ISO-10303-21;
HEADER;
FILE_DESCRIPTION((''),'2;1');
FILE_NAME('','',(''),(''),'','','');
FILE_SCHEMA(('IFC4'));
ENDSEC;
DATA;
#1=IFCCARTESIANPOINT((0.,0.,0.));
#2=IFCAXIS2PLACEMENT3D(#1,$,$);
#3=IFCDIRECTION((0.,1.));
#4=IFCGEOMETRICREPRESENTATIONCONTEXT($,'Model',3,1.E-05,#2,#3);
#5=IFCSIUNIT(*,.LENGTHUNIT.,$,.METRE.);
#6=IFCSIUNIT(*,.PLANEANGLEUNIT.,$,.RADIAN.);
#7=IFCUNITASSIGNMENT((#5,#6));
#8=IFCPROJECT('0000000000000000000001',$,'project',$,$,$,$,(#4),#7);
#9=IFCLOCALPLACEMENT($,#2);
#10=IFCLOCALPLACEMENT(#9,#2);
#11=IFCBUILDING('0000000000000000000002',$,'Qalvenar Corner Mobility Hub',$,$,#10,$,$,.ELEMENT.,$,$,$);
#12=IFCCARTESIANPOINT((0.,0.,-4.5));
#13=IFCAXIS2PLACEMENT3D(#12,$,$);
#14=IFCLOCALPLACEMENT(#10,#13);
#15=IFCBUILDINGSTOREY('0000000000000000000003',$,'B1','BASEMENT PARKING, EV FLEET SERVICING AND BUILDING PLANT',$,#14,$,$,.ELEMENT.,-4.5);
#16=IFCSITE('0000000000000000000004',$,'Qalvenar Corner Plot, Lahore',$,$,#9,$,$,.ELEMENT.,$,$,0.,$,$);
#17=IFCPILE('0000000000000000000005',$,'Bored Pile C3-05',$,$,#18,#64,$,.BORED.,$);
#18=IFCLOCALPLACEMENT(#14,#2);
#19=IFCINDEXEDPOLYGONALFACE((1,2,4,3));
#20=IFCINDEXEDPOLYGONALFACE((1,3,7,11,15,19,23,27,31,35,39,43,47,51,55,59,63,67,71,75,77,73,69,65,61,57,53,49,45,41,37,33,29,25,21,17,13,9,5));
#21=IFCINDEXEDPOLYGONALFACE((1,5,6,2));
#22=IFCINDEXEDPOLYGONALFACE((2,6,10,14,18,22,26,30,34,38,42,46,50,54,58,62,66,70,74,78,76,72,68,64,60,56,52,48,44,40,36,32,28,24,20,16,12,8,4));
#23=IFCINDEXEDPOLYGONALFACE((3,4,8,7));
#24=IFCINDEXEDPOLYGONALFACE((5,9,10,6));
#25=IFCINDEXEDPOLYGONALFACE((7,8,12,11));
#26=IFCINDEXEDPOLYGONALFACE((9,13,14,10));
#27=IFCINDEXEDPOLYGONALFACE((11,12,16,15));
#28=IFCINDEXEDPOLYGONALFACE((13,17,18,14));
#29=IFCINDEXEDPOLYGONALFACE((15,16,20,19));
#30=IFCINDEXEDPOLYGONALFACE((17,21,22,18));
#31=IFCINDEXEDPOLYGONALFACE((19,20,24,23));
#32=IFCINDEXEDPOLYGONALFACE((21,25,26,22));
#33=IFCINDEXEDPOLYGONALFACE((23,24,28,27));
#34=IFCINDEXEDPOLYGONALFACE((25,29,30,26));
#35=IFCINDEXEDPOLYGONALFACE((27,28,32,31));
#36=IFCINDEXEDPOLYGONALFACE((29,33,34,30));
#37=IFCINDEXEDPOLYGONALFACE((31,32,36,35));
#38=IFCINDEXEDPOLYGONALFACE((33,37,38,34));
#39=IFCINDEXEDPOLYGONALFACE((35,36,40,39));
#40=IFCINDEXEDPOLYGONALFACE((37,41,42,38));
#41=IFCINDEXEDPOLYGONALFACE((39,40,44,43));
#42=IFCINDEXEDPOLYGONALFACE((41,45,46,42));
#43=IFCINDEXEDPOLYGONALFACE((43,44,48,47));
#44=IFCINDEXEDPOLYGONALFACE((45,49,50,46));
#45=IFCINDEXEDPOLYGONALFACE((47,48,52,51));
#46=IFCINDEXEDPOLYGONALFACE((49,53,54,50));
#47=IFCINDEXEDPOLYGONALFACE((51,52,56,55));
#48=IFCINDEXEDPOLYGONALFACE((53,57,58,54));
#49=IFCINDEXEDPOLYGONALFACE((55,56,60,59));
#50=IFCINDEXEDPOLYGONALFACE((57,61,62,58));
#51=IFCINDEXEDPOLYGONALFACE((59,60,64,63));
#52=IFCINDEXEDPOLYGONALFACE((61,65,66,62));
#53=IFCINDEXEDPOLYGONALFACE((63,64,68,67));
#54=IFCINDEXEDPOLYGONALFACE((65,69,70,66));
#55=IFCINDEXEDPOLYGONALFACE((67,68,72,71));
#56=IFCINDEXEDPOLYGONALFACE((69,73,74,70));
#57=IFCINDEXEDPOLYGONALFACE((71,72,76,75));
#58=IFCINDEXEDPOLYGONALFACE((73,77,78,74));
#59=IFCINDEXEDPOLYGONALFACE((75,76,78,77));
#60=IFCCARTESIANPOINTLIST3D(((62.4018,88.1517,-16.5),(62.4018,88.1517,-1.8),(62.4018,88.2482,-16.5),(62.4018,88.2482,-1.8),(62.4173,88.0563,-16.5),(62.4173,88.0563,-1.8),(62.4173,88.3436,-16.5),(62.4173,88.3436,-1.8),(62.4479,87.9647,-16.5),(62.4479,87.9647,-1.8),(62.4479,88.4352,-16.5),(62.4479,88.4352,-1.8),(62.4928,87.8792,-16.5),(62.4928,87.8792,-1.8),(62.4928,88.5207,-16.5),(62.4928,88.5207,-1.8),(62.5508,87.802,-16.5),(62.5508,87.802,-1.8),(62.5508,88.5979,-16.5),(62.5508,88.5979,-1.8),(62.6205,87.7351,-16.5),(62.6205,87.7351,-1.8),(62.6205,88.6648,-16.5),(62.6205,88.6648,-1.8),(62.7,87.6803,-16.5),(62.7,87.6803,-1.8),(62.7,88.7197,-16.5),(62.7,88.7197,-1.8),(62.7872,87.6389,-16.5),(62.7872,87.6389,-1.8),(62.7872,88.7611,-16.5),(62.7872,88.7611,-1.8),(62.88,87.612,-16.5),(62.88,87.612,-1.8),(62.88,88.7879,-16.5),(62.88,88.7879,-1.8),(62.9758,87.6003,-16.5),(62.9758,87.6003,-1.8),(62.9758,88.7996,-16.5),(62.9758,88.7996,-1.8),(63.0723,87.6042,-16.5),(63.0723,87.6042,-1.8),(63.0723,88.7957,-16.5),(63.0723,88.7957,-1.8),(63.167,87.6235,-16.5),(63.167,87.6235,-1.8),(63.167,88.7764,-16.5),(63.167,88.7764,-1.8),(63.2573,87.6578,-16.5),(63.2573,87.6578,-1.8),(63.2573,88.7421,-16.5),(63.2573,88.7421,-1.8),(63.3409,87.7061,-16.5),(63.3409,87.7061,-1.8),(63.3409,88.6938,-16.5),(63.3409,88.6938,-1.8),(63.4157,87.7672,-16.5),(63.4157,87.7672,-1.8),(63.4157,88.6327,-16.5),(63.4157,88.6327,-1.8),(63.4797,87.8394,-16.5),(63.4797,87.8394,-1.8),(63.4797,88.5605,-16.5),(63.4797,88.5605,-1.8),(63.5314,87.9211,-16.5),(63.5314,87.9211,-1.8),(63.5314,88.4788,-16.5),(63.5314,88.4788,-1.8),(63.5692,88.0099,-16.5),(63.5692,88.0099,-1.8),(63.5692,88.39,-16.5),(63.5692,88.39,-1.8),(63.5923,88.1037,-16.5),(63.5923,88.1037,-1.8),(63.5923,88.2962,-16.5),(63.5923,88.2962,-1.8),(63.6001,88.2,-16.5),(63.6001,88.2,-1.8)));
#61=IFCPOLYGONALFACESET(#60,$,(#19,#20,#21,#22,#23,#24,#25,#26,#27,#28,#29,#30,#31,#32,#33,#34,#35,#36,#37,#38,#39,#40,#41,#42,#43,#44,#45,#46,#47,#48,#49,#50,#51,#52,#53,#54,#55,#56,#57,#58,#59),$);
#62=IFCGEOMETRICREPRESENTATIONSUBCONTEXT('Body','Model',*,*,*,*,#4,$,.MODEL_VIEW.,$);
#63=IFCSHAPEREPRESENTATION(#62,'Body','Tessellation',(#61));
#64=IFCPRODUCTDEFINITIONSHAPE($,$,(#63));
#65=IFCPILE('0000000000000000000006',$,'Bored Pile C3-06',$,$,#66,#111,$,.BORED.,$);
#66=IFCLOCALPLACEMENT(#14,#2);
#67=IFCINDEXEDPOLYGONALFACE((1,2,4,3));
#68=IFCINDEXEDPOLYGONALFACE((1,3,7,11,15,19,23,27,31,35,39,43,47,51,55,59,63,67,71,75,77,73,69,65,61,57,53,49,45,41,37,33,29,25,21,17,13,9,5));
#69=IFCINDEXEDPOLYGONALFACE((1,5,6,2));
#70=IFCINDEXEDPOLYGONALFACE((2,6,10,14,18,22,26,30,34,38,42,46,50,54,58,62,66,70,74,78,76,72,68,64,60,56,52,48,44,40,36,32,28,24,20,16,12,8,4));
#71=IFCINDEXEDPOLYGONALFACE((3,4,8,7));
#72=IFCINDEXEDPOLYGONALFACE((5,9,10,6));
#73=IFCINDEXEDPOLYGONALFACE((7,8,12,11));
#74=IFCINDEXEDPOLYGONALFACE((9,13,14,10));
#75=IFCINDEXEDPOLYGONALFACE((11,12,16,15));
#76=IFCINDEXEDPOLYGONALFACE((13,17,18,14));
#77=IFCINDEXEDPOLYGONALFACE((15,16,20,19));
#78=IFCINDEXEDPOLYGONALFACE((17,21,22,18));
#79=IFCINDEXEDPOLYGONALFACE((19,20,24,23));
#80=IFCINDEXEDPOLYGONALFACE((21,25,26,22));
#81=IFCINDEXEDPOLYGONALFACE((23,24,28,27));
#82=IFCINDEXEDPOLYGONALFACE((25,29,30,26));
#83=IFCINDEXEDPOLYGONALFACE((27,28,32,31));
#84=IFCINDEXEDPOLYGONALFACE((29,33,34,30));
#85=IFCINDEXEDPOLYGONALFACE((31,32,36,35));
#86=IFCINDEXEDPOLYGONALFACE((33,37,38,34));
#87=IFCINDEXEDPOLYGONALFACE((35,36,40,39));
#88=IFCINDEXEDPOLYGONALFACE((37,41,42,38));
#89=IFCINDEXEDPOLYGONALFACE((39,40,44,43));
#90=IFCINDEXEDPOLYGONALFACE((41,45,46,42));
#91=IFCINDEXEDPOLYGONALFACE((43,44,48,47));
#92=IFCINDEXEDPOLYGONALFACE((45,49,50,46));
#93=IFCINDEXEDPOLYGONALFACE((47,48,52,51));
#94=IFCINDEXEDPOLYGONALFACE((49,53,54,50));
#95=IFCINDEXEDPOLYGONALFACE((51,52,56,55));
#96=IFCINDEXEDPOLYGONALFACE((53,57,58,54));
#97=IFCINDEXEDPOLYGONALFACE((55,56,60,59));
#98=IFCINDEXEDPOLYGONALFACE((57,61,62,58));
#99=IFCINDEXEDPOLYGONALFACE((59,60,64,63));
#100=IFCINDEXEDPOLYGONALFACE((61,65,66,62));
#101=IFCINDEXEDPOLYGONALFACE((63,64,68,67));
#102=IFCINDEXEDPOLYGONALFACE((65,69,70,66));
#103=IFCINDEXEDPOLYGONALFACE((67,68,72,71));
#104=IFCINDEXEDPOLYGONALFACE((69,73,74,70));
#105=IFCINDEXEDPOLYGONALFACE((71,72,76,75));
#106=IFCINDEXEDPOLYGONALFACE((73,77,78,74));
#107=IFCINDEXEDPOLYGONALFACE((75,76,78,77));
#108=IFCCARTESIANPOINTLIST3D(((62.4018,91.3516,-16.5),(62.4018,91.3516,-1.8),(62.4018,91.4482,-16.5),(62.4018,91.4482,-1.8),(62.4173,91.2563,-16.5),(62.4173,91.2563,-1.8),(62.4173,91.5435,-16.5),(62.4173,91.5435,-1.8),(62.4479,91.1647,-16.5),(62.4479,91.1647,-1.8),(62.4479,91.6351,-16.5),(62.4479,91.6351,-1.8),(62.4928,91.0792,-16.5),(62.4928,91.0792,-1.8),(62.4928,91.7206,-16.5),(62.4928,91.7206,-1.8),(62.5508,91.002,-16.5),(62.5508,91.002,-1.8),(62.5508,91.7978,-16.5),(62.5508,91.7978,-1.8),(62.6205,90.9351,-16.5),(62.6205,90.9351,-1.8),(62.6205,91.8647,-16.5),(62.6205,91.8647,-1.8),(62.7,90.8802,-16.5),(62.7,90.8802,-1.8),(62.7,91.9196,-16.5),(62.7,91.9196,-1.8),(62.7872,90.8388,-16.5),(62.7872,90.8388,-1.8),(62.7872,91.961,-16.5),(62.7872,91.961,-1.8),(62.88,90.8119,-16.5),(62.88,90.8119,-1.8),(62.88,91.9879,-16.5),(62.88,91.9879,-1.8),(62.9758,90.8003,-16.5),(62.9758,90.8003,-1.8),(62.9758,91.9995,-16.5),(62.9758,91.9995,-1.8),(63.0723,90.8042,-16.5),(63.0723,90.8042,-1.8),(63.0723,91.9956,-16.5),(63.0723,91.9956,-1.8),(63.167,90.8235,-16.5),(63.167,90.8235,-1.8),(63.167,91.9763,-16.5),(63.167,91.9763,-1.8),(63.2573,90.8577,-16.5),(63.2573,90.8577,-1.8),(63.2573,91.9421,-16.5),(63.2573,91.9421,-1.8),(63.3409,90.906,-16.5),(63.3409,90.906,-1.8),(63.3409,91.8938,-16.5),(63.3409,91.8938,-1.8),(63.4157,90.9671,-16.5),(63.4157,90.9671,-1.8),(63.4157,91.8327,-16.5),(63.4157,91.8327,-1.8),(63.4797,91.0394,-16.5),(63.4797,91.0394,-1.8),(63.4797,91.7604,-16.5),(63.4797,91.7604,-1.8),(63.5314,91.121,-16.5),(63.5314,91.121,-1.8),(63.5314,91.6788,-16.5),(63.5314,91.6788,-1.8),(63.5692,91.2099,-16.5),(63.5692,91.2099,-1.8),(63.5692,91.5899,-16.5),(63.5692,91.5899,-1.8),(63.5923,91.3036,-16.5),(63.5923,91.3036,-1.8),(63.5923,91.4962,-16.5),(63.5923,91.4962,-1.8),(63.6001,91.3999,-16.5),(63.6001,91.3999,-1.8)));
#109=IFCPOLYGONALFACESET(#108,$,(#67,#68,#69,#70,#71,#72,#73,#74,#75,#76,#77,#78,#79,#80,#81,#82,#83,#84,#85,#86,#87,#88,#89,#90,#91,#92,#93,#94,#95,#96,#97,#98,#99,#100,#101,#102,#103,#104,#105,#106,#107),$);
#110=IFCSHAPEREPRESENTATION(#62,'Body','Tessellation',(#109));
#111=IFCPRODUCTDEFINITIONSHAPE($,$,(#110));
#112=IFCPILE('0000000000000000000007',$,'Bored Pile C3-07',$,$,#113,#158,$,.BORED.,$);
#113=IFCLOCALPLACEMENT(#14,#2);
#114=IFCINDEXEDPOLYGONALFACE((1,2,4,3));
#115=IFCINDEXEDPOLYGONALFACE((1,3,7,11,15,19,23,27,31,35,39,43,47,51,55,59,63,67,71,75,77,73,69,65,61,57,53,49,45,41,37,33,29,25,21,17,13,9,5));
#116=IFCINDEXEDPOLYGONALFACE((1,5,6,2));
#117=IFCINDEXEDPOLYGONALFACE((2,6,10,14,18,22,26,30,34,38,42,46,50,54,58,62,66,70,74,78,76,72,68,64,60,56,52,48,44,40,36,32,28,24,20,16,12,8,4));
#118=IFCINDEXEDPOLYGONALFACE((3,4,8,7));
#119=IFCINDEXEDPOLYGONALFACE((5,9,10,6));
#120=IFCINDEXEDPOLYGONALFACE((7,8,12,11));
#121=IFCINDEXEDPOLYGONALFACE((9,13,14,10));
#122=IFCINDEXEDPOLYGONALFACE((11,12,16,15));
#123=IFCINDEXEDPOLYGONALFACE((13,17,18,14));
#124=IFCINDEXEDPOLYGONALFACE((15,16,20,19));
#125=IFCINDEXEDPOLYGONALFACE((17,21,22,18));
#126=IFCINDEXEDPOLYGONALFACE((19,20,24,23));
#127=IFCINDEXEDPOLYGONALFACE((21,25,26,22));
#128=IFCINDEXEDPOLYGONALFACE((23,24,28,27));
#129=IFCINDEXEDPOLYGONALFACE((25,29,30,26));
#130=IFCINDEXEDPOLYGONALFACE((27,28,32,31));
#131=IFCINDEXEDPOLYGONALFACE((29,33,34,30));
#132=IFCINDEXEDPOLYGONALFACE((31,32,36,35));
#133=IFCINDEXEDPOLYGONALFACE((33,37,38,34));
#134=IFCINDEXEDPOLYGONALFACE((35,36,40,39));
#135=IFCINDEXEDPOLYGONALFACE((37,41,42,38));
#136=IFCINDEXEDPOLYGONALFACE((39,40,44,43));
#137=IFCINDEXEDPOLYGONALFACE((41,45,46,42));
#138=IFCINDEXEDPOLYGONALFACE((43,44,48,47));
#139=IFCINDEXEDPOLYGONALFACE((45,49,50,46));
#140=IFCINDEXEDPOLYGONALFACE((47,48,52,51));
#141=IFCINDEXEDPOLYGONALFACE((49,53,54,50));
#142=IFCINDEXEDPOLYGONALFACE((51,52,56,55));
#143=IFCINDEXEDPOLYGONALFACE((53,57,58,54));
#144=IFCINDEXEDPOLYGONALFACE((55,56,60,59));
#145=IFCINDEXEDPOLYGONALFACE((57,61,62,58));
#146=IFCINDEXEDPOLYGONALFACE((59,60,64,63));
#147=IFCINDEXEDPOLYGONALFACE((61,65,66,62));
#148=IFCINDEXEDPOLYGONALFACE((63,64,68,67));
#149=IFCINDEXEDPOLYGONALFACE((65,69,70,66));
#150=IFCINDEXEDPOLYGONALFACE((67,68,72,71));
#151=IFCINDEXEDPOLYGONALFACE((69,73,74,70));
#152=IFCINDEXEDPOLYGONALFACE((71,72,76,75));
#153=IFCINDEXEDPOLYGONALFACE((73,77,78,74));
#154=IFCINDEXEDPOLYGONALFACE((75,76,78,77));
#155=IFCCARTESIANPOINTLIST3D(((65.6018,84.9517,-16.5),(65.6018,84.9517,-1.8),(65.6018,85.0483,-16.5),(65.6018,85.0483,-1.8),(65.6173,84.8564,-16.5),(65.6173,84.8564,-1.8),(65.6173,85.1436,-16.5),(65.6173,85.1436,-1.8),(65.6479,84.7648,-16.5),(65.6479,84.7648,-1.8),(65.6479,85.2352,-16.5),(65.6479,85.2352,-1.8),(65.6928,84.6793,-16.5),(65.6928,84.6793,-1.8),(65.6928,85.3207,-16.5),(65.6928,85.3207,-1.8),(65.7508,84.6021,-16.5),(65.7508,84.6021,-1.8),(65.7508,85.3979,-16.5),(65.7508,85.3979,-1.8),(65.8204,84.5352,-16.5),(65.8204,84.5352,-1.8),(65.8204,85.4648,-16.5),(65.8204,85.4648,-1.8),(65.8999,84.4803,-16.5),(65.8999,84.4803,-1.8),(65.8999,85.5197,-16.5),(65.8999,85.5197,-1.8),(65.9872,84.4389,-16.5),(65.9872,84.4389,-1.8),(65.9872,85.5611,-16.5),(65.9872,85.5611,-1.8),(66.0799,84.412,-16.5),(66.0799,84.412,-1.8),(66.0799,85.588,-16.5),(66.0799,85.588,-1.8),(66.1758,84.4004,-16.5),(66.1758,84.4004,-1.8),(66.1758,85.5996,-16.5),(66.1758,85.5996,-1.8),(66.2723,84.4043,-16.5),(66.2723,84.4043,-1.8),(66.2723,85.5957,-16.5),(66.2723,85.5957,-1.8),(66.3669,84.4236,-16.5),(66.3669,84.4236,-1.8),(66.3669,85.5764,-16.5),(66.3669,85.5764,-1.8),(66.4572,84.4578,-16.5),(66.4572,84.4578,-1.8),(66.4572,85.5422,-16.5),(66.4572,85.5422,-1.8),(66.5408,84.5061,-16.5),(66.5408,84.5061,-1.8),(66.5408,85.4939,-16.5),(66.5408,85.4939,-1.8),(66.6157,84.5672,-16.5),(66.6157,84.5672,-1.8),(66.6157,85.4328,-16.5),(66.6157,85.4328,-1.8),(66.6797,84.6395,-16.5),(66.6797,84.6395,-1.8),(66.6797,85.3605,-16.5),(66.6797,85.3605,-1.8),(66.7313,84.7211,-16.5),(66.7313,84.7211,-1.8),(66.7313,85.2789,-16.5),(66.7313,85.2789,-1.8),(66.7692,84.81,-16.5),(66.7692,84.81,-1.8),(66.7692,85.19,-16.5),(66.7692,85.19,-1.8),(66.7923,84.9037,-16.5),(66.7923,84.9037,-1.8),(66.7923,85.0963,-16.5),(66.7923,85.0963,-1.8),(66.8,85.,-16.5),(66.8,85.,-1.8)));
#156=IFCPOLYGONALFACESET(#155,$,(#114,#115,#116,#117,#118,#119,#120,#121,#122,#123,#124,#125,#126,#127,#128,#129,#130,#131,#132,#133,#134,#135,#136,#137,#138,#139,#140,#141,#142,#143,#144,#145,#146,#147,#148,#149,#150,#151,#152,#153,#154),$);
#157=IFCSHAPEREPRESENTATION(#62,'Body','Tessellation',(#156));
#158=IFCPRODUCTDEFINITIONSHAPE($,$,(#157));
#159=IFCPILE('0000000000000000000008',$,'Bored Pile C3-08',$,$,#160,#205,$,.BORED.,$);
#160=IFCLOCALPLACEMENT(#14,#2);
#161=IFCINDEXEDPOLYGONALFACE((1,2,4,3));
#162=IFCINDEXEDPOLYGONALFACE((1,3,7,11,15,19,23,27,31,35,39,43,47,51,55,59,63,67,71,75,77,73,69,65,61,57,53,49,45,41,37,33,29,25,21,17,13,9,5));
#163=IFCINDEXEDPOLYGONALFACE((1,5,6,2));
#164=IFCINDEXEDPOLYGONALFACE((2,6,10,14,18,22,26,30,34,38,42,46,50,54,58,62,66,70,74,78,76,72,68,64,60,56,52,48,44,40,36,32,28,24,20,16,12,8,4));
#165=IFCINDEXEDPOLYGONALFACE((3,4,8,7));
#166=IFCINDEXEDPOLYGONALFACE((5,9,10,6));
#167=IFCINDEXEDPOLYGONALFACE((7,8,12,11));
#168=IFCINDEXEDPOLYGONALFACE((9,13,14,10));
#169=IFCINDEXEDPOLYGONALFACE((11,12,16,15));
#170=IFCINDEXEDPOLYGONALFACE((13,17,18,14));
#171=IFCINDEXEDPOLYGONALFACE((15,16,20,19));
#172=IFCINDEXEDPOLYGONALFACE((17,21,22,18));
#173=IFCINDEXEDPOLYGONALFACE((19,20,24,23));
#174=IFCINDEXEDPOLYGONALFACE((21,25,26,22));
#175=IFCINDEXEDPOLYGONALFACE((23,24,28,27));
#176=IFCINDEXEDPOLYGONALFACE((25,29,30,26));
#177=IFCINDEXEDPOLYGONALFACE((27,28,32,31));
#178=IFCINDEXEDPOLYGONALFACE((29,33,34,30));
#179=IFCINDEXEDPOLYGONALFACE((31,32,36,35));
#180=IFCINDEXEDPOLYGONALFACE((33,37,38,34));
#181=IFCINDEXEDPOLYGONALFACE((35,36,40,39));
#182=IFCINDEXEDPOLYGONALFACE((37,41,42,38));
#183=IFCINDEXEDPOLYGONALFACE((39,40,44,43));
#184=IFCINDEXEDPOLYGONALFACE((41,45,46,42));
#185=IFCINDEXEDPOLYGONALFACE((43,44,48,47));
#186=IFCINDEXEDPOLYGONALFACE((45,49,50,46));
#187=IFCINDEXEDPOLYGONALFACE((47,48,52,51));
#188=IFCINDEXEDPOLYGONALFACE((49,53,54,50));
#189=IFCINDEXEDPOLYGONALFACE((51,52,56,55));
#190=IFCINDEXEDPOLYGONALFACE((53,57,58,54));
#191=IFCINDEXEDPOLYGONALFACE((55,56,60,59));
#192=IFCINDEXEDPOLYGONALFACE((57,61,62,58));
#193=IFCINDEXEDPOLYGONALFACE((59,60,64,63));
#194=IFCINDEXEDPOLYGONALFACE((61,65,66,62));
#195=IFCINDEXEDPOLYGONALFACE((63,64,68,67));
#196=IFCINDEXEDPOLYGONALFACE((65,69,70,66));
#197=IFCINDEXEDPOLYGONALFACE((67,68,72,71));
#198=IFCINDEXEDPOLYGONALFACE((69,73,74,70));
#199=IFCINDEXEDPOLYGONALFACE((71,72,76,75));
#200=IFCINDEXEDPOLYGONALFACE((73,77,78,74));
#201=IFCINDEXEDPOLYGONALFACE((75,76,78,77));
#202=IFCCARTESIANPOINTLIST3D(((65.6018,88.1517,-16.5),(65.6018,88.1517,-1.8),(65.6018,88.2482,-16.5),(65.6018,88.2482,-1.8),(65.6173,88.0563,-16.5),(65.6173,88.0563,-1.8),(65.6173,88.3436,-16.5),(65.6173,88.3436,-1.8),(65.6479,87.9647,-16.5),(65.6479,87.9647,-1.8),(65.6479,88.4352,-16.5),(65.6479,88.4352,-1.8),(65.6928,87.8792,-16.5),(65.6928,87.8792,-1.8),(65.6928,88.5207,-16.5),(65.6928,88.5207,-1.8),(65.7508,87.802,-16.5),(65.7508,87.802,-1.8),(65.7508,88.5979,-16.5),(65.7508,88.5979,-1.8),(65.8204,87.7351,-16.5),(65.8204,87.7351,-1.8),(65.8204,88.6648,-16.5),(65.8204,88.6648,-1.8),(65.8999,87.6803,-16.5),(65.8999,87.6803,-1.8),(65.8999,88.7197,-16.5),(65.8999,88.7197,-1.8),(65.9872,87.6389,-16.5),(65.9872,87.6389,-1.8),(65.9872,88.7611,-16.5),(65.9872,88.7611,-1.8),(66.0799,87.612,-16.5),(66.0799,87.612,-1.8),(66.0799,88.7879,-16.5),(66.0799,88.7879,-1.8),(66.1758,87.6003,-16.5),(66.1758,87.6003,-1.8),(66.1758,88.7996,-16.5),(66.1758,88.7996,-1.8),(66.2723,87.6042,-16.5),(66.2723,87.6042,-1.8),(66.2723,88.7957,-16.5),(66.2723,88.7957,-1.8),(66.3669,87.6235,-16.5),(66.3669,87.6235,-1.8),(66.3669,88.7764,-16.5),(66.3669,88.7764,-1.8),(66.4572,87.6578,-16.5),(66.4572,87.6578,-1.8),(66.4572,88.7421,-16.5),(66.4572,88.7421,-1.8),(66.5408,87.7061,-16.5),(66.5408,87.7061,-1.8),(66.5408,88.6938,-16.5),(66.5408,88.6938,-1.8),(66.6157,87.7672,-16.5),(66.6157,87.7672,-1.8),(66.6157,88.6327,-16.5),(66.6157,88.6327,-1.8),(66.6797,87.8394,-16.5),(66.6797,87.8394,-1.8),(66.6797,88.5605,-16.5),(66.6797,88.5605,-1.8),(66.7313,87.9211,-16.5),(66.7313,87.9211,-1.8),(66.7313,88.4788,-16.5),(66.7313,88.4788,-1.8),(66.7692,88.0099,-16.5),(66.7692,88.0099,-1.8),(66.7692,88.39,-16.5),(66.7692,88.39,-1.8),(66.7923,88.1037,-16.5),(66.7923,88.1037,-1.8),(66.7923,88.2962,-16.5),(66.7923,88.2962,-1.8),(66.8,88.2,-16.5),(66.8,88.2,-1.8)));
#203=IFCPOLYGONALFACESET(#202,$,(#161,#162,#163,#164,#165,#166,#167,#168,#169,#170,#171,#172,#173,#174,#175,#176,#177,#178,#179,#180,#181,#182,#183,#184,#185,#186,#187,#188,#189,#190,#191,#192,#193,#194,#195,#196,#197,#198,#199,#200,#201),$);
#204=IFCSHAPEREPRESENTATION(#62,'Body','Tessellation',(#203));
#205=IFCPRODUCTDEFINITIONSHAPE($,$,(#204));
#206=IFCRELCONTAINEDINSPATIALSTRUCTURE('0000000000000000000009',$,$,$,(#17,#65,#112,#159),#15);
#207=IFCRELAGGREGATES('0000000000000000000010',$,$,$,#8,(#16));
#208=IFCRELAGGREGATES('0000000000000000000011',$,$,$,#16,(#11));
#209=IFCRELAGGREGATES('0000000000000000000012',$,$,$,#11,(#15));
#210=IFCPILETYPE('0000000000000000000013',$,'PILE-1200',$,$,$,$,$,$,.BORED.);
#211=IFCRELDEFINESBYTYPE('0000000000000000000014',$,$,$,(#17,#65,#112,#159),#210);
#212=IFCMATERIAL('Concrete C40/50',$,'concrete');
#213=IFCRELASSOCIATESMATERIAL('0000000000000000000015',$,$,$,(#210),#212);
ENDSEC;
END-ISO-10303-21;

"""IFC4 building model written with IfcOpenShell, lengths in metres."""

from ifc_helpers import new_model, si_unit, direction, frame, origin, origin_2d, place, context, subcontext, project, spatial, circle, extrude, material, material_profile, profile_set, type_object, element, save


model = new_model("IFC4")

# Units and contexts
model_context = context("Model", 3, precision=1e-05, world=origin(), true_north=direction((0.0, 1.0)))
body_context = subcontext(model_context, "Body", "Model", "MODEL_VIEW")
ifc_project = project(units=[si_unit("LENGTHUNIT", "METRE"), si_unit("PLANEANGLEUNIT", "RADIAN")], contexts=[model_context])

# Site, building, storey
site_placement = place(None, origin())
site = spatial("IfcSite", under=ifc_project, at=site_placement, Name="Qalvenar Corner Plot, Lahore", CompositionType="ELEMENT", RefElevation=0.0)
building_placement = place(site_placement, origin())
building = spatial("IfcBuilding", under=site, at=building_placement, Name="Qalvenar Corner Mobility Hub", CompositionType="ELEMENT")
storey_placement = place(building_placement, frame((0.0, 0.0, -4.5)))
storey = spatial("IfcBuildingStorey", under=building, at=storey_placement, Name="B1", Description="BASEMENT PARKING, EV FLEET SERVICING AND BUILDING PLANT", CompositionType="ELEMENT", Elevation=-4.5)

# Shared definitions
ifc_material_1 = material(Name="Concrete C40/50", Category="concrete")

# Piles
ifc_material_profile_1 = material_profile(ifc_material_1, circle(Radius=0.6001, at=origin_2d()), Name="DIA1200")
ifc_profile_set_1 = profile_set([ifc_material_profile_1], Name="Concrete C40/50")
pile_type_1 = type_object("IfcPileType", Name="PILE-1200", PredefinedType="BORED", material=ifc_profile_set_1)
for number, where, z_axis, x_axis, name in (
    (1, (63.0, 88.2, -1.8), (0.0, 0.0, -1.0), (1.0, 0.0, 0.0), "Bored Pile C3-05"),
    (2, (63.0, 91.3999, -1.8), (0.0, 0.0, -1.0), (1.0, 0.0, 0.0), "Bored Pile C3-06"),
    (3, (66.2, 85.0, -1.8), (0.0, 0.0, -1.0), (1.0, 0.0, 0.0), "Bored Pile C3-07"),
    (4, (66.2, 88.2, -1.8), (0.0, 0.0, -1.0), (1.0, 0.0, 0.0), "Bored Pile C3-08"),
):
    element("IfcPile", number, at=place(storey_placement, frame(where, z_axis=z_axis, x_axis=x_axis)), inside=storey, type_object=pile_type_1, Name=name, PredefinedType="BORED", context=body_context, shape_type="SweptSolid", body=[
        extrude(circle(Radius=0.6001, at=origin_2d()), origin(), (0.0, 0.0, 1.0), 14.7),
    ])

save(model, "model.ifc")
